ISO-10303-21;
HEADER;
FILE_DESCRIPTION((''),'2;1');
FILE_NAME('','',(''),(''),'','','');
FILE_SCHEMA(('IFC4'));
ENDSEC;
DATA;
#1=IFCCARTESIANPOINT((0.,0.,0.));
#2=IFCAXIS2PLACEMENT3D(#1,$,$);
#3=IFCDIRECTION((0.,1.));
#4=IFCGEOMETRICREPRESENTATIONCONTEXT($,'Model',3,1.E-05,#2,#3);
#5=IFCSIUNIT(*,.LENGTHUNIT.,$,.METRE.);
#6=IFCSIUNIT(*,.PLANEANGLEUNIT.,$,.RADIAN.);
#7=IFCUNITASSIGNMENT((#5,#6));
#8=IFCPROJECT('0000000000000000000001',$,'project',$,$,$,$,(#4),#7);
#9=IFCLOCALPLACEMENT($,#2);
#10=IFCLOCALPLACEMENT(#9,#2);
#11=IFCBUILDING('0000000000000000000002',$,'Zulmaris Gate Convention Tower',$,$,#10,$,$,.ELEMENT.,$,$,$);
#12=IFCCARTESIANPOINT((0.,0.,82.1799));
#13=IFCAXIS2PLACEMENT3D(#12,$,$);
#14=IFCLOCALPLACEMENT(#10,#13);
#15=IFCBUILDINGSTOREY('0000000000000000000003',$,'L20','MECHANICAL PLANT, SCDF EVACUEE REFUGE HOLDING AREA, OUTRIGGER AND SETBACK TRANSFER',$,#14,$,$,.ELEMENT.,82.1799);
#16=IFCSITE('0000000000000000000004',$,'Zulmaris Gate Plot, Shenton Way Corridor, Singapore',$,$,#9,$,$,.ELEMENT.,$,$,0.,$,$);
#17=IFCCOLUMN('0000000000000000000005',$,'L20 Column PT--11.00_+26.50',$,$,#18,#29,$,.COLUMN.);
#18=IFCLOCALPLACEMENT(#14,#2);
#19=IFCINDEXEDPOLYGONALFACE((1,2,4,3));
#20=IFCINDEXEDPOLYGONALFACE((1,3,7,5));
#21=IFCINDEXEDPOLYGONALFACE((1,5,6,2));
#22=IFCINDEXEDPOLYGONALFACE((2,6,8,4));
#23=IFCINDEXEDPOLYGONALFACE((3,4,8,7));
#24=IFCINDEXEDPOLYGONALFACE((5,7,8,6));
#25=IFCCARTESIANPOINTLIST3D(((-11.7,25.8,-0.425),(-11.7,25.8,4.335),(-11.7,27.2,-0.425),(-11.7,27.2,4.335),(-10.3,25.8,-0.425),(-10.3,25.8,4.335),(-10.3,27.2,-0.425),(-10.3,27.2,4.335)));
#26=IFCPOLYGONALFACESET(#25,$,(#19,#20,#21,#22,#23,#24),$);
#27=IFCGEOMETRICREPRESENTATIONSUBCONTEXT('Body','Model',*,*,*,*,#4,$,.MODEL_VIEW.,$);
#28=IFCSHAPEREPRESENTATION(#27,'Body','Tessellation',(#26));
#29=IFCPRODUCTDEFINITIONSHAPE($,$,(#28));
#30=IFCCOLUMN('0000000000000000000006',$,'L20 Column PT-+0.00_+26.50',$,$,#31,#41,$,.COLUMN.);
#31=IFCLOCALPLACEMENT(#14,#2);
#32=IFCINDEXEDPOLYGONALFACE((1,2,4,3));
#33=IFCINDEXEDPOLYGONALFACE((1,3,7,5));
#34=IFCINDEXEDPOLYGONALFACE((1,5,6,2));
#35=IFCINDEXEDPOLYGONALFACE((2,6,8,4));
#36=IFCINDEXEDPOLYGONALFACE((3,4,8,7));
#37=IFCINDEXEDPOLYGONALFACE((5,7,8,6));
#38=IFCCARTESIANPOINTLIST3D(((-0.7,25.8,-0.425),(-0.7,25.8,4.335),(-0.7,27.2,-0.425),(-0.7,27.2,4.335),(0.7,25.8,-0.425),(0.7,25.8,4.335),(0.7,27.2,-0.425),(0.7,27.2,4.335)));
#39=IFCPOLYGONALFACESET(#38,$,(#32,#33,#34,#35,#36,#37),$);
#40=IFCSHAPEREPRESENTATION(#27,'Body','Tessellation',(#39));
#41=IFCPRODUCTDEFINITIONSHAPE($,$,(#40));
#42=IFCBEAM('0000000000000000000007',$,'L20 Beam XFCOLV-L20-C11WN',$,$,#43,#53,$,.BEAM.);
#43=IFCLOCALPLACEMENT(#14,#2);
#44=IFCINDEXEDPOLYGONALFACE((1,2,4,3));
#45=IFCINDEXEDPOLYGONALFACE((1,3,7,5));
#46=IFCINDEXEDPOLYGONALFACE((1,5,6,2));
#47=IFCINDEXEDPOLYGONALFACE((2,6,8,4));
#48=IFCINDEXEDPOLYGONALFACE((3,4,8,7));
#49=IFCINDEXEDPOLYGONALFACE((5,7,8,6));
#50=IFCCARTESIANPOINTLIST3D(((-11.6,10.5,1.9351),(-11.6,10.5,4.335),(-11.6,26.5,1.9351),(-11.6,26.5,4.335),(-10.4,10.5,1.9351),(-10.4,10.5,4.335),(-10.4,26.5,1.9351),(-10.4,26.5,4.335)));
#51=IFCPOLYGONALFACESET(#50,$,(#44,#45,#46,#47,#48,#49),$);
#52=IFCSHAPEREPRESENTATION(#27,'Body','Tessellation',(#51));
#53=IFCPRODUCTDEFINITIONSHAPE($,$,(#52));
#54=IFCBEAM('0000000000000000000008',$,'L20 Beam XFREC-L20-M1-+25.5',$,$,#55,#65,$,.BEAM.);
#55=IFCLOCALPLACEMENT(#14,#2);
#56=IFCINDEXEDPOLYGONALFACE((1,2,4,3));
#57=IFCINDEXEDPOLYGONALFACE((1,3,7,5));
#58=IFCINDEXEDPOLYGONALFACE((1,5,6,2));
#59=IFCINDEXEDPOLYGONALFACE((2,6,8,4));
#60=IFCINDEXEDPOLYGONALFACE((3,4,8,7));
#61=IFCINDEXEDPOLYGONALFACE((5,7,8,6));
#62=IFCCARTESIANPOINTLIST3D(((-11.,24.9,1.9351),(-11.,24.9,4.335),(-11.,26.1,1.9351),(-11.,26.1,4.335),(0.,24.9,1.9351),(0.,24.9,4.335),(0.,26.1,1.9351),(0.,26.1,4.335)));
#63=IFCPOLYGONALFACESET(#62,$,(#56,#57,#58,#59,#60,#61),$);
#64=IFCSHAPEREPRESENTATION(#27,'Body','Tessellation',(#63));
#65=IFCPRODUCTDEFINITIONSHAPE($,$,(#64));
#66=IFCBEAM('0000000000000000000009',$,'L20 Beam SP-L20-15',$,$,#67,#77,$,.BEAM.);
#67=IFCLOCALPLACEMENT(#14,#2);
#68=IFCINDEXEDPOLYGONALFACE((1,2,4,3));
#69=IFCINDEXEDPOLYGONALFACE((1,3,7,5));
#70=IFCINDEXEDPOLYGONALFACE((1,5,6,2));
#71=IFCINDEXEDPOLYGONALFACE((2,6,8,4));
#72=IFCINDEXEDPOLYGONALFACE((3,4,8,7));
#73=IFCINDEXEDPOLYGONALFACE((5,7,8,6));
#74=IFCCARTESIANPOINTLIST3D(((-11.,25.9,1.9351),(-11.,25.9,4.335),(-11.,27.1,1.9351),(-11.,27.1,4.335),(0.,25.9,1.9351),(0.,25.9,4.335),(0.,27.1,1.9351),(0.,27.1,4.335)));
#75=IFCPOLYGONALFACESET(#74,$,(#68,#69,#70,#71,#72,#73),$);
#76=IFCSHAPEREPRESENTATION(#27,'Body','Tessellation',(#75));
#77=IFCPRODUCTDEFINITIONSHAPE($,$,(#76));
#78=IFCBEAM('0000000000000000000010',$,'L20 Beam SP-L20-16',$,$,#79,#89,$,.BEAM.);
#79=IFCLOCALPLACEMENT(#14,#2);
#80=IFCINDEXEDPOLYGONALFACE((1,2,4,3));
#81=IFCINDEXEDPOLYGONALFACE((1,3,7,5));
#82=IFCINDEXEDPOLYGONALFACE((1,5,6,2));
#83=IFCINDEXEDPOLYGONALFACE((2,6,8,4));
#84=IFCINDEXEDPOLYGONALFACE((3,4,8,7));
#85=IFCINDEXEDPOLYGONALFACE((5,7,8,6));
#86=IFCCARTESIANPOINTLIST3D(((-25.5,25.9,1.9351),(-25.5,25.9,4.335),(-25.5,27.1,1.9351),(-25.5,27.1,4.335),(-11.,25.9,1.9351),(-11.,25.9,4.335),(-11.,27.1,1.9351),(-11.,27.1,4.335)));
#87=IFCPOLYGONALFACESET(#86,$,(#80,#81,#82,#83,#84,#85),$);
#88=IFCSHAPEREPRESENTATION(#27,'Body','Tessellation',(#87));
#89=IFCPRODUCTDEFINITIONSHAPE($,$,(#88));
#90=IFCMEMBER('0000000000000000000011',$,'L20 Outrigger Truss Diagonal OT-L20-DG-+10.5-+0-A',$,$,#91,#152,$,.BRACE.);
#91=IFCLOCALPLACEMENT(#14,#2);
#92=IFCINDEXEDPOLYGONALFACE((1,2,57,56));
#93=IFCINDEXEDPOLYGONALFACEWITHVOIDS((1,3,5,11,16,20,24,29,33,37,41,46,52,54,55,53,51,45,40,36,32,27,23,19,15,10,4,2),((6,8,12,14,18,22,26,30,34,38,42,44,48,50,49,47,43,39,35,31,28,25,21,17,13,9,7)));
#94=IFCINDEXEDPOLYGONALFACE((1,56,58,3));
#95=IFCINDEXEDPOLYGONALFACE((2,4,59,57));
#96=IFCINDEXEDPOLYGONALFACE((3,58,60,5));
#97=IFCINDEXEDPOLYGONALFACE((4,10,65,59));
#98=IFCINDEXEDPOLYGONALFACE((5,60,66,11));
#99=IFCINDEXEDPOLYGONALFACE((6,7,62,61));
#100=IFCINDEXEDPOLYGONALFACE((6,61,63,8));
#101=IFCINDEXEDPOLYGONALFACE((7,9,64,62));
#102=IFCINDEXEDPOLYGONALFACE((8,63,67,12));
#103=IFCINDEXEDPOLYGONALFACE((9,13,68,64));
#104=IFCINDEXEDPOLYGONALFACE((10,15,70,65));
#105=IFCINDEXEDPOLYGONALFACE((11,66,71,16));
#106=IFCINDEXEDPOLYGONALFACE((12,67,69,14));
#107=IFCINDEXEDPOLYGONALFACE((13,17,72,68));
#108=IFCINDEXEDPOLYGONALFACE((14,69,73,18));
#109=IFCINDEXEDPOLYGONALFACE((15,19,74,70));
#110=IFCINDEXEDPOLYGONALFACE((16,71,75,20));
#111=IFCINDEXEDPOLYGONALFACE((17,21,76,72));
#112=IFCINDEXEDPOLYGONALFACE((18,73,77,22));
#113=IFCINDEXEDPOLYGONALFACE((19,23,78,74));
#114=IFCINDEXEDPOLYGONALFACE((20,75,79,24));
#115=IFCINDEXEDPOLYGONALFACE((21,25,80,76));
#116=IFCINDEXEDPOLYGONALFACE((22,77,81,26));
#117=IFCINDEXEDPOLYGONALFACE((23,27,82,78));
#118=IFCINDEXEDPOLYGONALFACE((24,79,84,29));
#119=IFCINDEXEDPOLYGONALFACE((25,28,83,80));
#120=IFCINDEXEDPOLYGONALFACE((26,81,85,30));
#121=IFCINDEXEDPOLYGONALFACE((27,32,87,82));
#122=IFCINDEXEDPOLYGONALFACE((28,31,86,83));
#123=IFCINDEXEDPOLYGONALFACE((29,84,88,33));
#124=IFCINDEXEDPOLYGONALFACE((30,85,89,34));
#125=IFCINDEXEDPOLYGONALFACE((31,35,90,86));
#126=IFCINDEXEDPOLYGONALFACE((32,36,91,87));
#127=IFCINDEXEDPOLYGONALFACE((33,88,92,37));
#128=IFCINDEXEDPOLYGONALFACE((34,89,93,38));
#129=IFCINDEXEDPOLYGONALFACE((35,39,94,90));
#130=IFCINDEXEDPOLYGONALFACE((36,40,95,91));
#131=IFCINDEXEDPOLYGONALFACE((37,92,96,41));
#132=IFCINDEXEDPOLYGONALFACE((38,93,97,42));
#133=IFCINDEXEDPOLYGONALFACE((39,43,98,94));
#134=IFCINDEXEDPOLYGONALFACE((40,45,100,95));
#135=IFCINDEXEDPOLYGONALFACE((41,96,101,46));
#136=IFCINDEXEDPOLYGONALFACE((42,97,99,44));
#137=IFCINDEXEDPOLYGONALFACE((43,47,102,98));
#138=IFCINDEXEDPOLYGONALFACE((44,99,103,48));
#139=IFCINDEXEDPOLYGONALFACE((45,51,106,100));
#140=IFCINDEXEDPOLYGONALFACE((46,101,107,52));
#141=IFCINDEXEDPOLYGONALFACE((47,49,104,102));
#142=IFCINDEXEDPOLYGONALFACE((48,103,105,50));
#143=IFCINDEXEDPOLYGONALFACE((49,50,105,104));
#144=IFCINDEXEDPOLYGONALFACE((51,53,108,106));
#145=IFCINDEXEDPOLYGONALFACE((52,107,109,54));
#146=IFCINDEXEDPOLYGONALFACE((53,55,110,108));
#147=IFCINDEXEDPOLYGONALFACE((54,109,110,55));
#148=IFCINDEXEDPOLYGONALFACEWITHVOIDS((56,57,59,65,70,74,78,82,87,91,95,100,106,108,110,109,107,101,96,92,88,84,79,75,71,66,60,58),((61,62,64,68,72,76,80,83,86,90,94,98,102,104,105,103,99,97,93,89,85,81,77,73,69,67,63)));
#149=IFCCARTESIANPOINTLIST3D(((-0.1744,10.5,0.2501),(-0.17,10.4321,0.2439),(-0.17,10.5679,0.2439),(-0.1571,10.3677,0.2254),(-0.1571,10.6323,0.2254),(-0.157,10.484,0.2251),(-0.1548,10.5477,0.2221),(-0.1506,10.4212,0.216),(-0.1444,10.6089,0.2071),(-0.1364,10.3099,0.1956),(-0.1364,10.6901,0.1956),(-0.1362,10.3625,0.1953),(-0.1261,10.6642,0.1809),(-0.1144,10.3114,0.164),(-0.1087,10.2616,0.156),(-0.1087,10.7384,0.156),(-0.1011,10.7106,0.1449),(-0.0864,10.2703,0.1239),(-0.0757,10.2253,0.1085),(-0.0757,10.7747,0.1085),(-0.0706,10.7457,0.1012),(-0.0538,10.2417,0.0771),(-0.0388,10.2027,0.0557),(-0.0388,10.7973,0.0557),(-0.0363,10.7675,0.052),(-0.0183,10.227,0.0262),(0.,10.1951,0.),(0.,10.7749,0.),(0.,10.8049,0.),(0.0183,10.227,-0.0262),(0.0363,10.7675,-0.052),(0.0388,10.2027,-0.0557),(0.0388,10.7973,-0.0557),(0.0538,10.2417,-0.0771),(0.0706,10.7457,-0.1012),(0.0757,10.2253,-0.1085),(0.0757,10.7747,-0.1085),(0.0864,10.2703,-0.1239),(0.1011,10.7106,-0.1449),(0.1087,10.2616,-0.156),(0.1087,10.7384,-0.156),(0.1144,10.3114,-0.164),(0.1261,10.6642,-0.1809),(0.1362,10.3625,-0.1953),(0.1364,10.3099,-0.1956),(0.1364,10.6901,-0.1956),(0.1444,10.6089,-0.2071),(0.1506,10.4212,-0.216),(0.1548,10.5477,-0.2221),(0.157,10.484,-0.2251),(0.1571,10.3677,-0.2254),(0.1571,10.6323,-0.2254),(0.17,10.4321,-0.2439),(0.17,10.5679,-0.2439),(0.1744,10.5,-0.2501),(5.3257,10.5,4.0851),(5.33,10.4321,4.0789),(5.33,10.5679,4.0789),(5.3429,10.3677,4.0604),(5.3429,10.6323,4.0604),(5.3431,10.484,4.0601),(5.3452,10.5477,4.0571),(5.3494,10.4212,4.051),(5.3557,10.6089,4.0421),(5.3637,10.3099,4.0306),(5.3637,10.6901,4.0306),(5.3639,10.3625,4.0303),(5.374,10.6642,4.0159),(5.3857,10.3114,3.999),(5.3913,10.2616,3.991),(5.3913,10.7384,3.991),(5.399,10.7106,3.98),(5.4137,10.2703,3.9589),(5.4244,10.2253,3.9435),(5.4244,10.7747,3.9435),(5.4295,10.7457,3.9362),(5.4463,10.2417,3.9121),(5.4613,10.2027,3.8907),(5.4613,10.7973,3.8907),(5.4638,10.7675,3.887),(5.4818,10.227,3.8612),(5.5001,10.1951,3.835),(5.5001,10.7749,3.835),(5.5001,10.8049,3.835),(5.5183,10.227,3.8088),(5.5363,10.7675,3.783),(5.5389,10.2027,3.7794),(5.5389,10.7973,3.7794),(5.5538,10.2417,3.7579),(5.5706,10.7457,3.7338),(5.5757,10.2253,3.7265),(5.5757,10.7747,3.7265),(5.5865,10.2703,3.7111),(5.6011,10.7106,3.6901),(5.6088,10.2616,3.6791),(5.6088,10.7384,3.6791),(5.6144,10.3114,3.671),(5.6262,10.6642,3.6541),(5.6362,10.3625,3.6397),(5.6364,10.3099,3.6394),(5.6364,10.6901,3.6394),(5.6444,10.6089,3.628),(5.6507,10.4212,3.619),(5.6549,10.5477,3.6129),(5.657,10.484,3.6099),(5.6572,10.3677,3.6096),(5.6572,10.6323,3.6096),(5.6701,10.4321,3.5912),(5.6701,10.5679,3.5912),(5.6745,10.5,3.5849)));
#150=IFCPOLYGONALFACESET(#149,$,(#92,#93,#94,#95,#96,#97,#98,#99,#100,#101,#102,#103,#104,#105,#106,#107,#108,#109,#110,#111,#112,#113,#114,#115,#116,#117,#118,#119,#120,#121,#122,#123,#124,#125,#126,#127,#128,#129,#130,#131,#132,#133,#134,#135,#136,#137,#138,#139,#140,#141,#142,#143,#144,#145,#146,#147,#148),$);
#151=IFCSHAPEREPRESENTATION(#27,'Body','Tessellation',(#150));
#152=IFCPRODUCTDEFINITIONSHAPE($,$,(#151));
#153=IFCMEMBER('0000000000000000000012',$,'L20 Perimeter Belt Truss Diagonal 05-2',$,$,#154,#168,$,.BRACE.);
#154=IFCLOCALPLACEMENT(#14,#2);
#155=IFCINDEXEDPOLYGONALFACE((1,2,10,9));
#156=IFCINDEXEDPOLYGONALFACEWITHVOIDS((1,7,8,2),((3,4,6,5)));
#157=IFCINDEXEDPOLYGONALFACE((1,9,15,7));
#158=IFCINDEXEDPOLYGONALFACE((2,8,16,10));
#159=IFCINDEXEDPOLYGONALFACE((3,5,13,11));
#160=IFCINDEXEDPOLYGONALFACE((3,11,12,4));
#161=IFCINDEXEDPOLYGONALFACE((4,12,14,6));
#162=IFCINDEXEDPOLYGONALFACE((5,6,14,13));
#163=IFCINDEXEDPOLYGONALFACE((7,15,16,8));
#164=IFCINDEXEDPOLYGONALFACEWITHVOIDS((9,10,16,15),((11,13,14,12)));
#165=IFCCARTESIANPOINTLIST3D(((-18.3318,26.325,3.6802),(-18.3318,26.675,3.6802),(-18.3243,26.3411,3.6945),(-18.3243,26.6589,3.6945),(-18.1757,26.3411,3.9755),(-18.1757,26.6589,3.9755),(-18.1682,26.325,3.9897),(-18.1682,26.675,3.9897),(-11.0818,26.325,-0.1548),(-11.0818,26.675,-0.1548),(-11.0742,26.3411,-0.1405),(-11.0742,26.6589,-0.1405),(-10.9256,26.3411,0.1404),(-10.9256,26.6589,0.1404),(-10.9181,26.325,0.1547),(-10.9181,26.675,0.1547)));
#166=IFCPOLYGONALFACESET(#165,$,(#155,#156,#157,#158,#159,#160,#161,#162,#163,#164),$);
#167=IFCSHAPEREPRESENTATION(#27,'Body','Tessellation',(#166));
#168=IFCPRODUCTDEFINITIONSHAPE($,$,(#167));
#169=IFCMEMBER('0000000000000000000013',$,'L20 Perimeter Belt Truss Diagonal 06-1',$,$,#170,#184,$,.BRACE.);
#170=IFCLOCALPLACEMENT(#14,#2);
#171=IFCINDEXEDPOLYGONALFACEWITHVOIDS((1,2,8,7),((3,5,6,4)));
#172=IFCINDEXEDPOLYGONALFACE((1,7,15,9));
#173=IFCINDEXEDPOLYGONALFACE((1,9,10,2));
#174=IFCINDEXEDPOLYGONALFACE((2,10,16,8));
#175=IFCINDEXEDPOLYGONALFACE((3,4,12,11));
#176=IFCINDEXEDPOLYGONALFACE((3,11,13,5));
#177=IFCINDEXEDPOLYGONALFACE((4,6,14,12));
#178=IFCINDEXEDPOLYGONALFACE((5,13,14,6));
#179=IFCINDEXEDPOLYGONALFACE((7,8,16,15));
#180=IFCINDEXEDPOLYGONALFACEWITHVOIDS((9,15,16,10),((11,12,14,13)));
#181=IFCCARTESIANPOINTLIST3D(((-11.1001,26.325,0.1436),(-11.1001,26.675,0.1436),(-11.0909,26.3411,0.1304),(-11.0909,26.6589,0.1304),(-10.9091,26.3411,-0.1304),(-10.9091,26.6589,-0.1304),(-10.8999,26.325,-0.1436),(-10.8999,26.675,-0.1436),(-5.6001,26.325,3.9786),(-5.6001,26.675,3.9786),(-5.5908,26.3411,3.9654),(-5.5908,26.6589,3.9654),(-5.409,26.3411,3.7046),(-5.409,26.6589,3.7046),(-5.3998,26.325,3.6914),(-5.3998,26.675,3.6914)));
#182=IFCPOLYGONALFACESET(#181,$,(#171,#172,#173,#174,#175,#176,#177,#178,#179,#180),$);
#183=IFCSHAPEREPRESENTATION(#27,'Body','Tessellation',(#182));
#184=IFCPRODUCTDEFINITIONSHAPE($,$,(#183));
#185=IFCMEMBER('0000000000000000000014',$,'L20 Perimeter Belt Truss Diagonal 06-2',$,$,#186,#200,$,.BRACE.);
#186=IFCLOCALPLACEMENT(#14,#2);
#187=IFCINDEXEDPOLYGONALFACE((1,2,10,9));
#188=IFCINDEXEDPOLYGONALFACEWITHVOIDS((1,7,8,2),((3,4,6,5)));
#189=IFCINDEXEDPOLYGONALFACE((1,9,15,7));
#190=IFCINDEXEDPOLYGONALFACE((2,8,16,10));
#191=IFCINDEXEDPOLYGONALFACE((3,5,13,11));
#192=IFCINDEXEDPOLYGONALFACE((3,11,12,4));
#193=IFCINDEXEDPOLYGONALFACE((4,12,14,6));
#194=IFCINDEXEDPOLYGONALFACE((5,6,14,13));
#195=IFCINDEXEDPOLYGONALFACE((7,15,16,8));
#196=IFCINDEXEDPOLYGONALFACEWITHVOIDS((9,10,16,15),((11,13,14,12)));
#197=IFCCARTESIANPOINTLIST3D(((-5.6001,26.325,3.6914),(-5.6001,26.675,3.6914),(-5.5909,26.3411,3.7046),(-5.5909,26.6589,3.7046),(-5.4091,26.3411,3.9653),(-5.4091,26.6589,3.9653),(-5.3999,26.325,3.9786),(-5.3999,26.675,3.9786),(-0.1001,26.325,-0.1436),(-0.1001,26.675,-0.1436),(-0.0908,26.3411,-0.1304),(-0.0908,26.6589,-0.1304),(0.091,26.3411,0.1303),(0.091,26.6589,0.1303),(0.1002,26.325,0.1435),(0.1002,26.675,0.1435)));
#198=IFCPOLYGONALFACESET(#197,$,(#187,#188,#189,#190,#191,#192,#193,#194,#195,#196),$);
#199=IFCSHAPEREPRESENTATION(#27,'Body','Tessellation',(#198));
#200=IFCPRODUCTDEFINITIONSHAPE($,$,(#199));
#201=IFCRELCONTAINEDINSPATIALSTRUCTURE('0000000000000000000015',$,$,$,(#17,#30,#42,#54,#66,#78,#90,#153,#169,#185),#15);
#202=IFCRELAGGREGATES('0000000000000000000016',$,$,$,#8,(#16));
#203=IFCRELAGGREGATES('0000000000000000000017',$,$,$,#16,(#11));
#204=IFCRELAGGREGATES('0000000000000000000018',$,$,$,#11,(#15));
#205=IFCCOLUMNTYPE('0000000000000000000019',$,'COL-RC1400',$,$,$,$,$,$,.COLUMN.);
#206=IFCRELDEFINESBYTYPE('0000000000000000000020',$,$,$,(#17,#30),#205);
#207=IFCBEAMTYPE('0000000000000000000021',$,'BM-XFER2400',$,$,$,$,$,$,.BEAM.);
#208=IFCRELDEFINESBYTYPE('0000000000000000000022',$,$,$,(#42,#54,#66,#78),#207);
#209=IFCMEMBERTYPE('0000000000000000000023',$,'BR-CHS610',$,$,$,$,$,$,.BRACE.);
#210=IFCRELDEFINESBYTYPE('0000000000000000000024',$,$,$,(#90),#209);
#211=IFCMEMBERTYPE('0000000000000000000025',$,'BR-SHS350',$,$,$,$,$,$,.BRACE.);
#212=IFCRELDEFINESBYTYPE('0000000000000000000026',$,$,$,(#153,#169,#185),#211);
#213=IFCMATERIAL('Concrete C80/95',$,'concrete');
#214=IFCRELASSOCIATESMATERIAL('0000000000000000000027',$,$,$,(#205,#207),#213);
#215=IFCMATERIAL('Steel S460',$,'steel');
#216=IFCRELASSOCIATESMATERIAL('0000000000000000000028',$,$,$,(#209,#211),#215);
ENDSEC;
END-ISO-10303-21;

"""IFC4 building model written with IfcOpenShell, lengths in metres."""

from ifc_helpers import new_model, si_unit, direction, frame, origin, origin_2d, place, context, subcontext, project, spatial, rectangle, hollow_rectangle, hollow_circle, extrude, material, material_profile, profile_set, type_object, element, save


model = new_model("IFC4")

# Units and contexts
model_context = context("Model", 3, precision=1e-05, world=origin(), true_north=direction((0.0, 1.0)))
body_context = subcontext(model_context, "Body", "Model", "MODEL_VIEW")
ifc_project = project(units=[si_unit("LENGTHUNIT", "METRE"), si_unit("PLANEANGLEUNIT", "RADIAN")], contexts=[model_context])

# Site, building, storey
site_placement = place(None, origin())
site = spatial("IfcSite", under=ifc_project, at=site_placement, Name="Zulmaris Gate Plot, Shenton Way Corridor, Singapore", CompositionType="ELEMENT", RefElevation=0.0)
building_placement = place(site_placement, origin())
building = spatial("IfcBuilding", under=site, at=building_placement, Name="Zulmaris Gate Convention Tower", CompositionType="ELEMENT")
storey_placement = place(building_placement, frame((0.0, 0.0, 82.1799)))
storey = spatial("IfcBuildingStorey", under=building, at=storey_placement, Name="L20", Description="MECHANICAL PLANT, SCDF EVACUEE REFUGE HOLDING AREA, OUTRIGGER AND SETBACK TRANSFER", CompositionType="ELEMENT", Elevation=82.1799)

# Columns
ifc_material_1 = material(Name="Concrete C80/95", Category="concrete")
ifc_material_profile_1 = material_profile(ifc_material_1, rectangle(XDim=1.3999, YDim=1.3999, at=origin_2d()), Name="RC COL 1400x1400")
ifc_profile_set_1 = profile_set([ifc_material_profile_1], Name="Concrete C80/95")
column_type = type_object("IfcColumnType", Name="COL-RC1400", PredefinedType="COLUMN", material=ifc_profile_set_1)
for number, where, z_axis, x_axis, name in (
    (1, (-11.0, 26.5, -0.425), (0.0, 0.0, 1.0), (1.0, 0.0, 0.0), "L20 Column PT--11.00_+26.50"),
    (2, (0.0, 26.5, -0.425), (0.0, 0.0, 1.0), (1.0, 0.0, 0.0), "L20 Column PT-+0.00_+26.50"),
):
    element("IfcColumn", number, at=place(storey_placement, frame(where, z_axis=z_axis, x_axis=x_axis)), inside=storey, type_object=column_type, Name=name, PredefinedType="COLUMN", context=body_context, shape_type="SweptSolid", body=[
        extrude(rectangle(XDim=1.3999, YDim=1.3999, at=origin_2d()), origin(), (0.0, 0.0, 1.0), 4.76),
    ])

# Beams
ifc_material_profile_2 = material_profile(ifc_material_1, rectangle(XDim=1.2, YDim=2.3999, at=origin_2d()), Name="RC TRANSFER 1200x2400")
ifc_profile_set_2 = profile_set([ifc_material_profile_2], Name="Concrete C80/95")
beam_type_1 = type_object("IfcBeamType", Name="BM-XFER2400", PredefinedType="BEAM", material=ifc_profile_set_2)
beam_1_placement = place(storey_placement, frame((-11.0, 10.5, 3.135), z_axis=(0.0, 1.0, 0.0), x_axis=(-1.0, 0.0, 0.0)))
element("IfcBeam", 3, at=beam_1_placement, inside=storey, type_object=beam_type_1, Name="L20 Beam XFCOLV-L20-C11WN", PredefinedType="BEAM", context=body_context, shape_type="SweptSolid", body=[
    extrude(rectangle(XDim=1.2, YDim=2.3999, at=origin_2d()), origin(), (0.0, 0.0, 1.0), 16.0),
])
for number, where, z_axis, x_axis, name in (
    (4, (-11.0, 25.5, 3.135), (1.0, 0.0, 0.0), (0.0, 1.0, 0.0), "L20 Beam XFREC-L20-M1-+25.5"),
    (5, (0.0, 26.5, 3.135), (-1.0, 0.0, 0.0), (0.0, -1.0, 0.0), "L20 Beam SP-L20-15"),
):
    element("IfcBeam", number, at=place(storey_placement, frame(where, z_axis=z_axis, x_axis=x_axis)), inside=storey, type_object=beam_type_1, Name=name, PredefinedType="BEAM", context=body_context, shape_type="SweptSolid", body=[
        extrude(rectangle(XDim=1.2, YDim=2.3999, at=origin_2d()), origin(), (0.0, 0.0, 1.0), 11.0),
    ])
beam_2_placement = place(storey_placement, frame((-11.0, 26.5, 3.135), z_axis=(-1.0, 0.0, 0.0), x_axis=(0.0, -1.0, 0.0)))
element("IfcBeam", 6, at=beam_2_placement, inside=storey, type_object=beam_type_1, Name="L20 Beam SP-L20-16", PredefinedType="BEAM", context=body_context, shape_type="SweptSolid", body=[
    extrude(rectangle(XDim=1.2, YDim=2.3999, at=origin_2d()), origin(), (0.0, 0.0, 1.0), 14.5),
])

# Members
ifc_material_2 = material(Name="Steel S460", Category="steel")
ifc_material_profile_3 = material_profile(ifc_material_2, hollow_circle(Radius=0.3049, WallThickness=0.03, at=origin_2d()), Name="CHS 610x30")
ifc_profile_set_3 = profile_set([ifc_material_profile_3], Name="Steel S460")
member_type_1 = type_object("IfcMemberType", Name="BR-CHS610", PredefinedType="BRACE", material=ifc_profile_set_3)
member_1_placement = place(storey_placement, frame((0.0, 10.5, 0.0), z_axis=(0.820284, 0.0, 0.571956), x_axis=(0.0, 1.0, 0.0)))
element("IfcMember", 7, at=member_1_placement, inside=storey, type_object=member_type_1, Name="L20 Outrigger Truss Diagonal OT-L20-DG-+10.5-+0-A", PredefinedType="BRACE", context=body_context, shape_type="SweptSolid", body=[
    extrude(hollow_circle(Radius=0.3049, WallThickness=0.03, at=origin_2d()), origin(), (0.0, 0.0, 1.0), 6.7051),
])
ifc_material_profile_4 = material_profile(ifc_material_2, hollow_rectangle(XDim=0.3501, YDim=0.3501, WallThickness=0.0161, at=origin_2d()), Name="SHS 350x350x16")
ifc_profile_set_4 = profile_set([ifc_material_profile_4], Name="Steel S460")
member_type_2 = type_object("IfcMemberType", Name="BR-SHS350", PredefinedType="BRACE", material=ifc_profile_set_4)
member_2_placement = place(storey_placement, frame((-18.25, 26.5, 3.835), z_axis=(0.883953, 0.0, -0.467576), x_axis=(0.0, 1.0, 0.0)))
element("IfcMember", 8, at=member_2_placement, inside=storey, type_object=member_type_2, Name="L20 Perimeter Belt Truss Diagonal 05-2", PredefinedType="BRACE", context=body_context, shape_type="SweptSolid", body=[
    extrude(hollow_rectangle(XDim=0.3501, YDim=0.3501, WallThickness=0.0161, at=origin_2d()), origin(), (0.0, 0.0, 1.0), 8.2019),
])
for number, where, z_axis, x_axis, name in (
    (9, (-11.0, 26.5, 0.0), (0.820284, 0.0, 0.571956), (0.0, 1.0, 0.0), "L20 Perimeter Belt Truss Diagonal 06-1"),
    (10, (-5.5, 26.5, 3.835), (0.820284, 0.0, -0.571956), (0.0, 1.0, 0.0), "L20 Perimeter Belt Truss Diagonal 06-2"),
):
    element("IfcMember", number, at=place(storey_placement, frame(where, z_axis=z_axis, x_axis=x_axis)), inside=storey, type_object=member_type_2, Name=name, PredefinedType="BRACE", context=body_context, shape_type="SweptSolid", body=[
        extrude(hollow_rectangle(XDim=0.3501, YDim=0.3501, WallThickness=0.0161, at=origin_2d()), origin(), (0.0, 0.0, 1.0), 6.7051),
    ])

save(model, "model.ifc")
